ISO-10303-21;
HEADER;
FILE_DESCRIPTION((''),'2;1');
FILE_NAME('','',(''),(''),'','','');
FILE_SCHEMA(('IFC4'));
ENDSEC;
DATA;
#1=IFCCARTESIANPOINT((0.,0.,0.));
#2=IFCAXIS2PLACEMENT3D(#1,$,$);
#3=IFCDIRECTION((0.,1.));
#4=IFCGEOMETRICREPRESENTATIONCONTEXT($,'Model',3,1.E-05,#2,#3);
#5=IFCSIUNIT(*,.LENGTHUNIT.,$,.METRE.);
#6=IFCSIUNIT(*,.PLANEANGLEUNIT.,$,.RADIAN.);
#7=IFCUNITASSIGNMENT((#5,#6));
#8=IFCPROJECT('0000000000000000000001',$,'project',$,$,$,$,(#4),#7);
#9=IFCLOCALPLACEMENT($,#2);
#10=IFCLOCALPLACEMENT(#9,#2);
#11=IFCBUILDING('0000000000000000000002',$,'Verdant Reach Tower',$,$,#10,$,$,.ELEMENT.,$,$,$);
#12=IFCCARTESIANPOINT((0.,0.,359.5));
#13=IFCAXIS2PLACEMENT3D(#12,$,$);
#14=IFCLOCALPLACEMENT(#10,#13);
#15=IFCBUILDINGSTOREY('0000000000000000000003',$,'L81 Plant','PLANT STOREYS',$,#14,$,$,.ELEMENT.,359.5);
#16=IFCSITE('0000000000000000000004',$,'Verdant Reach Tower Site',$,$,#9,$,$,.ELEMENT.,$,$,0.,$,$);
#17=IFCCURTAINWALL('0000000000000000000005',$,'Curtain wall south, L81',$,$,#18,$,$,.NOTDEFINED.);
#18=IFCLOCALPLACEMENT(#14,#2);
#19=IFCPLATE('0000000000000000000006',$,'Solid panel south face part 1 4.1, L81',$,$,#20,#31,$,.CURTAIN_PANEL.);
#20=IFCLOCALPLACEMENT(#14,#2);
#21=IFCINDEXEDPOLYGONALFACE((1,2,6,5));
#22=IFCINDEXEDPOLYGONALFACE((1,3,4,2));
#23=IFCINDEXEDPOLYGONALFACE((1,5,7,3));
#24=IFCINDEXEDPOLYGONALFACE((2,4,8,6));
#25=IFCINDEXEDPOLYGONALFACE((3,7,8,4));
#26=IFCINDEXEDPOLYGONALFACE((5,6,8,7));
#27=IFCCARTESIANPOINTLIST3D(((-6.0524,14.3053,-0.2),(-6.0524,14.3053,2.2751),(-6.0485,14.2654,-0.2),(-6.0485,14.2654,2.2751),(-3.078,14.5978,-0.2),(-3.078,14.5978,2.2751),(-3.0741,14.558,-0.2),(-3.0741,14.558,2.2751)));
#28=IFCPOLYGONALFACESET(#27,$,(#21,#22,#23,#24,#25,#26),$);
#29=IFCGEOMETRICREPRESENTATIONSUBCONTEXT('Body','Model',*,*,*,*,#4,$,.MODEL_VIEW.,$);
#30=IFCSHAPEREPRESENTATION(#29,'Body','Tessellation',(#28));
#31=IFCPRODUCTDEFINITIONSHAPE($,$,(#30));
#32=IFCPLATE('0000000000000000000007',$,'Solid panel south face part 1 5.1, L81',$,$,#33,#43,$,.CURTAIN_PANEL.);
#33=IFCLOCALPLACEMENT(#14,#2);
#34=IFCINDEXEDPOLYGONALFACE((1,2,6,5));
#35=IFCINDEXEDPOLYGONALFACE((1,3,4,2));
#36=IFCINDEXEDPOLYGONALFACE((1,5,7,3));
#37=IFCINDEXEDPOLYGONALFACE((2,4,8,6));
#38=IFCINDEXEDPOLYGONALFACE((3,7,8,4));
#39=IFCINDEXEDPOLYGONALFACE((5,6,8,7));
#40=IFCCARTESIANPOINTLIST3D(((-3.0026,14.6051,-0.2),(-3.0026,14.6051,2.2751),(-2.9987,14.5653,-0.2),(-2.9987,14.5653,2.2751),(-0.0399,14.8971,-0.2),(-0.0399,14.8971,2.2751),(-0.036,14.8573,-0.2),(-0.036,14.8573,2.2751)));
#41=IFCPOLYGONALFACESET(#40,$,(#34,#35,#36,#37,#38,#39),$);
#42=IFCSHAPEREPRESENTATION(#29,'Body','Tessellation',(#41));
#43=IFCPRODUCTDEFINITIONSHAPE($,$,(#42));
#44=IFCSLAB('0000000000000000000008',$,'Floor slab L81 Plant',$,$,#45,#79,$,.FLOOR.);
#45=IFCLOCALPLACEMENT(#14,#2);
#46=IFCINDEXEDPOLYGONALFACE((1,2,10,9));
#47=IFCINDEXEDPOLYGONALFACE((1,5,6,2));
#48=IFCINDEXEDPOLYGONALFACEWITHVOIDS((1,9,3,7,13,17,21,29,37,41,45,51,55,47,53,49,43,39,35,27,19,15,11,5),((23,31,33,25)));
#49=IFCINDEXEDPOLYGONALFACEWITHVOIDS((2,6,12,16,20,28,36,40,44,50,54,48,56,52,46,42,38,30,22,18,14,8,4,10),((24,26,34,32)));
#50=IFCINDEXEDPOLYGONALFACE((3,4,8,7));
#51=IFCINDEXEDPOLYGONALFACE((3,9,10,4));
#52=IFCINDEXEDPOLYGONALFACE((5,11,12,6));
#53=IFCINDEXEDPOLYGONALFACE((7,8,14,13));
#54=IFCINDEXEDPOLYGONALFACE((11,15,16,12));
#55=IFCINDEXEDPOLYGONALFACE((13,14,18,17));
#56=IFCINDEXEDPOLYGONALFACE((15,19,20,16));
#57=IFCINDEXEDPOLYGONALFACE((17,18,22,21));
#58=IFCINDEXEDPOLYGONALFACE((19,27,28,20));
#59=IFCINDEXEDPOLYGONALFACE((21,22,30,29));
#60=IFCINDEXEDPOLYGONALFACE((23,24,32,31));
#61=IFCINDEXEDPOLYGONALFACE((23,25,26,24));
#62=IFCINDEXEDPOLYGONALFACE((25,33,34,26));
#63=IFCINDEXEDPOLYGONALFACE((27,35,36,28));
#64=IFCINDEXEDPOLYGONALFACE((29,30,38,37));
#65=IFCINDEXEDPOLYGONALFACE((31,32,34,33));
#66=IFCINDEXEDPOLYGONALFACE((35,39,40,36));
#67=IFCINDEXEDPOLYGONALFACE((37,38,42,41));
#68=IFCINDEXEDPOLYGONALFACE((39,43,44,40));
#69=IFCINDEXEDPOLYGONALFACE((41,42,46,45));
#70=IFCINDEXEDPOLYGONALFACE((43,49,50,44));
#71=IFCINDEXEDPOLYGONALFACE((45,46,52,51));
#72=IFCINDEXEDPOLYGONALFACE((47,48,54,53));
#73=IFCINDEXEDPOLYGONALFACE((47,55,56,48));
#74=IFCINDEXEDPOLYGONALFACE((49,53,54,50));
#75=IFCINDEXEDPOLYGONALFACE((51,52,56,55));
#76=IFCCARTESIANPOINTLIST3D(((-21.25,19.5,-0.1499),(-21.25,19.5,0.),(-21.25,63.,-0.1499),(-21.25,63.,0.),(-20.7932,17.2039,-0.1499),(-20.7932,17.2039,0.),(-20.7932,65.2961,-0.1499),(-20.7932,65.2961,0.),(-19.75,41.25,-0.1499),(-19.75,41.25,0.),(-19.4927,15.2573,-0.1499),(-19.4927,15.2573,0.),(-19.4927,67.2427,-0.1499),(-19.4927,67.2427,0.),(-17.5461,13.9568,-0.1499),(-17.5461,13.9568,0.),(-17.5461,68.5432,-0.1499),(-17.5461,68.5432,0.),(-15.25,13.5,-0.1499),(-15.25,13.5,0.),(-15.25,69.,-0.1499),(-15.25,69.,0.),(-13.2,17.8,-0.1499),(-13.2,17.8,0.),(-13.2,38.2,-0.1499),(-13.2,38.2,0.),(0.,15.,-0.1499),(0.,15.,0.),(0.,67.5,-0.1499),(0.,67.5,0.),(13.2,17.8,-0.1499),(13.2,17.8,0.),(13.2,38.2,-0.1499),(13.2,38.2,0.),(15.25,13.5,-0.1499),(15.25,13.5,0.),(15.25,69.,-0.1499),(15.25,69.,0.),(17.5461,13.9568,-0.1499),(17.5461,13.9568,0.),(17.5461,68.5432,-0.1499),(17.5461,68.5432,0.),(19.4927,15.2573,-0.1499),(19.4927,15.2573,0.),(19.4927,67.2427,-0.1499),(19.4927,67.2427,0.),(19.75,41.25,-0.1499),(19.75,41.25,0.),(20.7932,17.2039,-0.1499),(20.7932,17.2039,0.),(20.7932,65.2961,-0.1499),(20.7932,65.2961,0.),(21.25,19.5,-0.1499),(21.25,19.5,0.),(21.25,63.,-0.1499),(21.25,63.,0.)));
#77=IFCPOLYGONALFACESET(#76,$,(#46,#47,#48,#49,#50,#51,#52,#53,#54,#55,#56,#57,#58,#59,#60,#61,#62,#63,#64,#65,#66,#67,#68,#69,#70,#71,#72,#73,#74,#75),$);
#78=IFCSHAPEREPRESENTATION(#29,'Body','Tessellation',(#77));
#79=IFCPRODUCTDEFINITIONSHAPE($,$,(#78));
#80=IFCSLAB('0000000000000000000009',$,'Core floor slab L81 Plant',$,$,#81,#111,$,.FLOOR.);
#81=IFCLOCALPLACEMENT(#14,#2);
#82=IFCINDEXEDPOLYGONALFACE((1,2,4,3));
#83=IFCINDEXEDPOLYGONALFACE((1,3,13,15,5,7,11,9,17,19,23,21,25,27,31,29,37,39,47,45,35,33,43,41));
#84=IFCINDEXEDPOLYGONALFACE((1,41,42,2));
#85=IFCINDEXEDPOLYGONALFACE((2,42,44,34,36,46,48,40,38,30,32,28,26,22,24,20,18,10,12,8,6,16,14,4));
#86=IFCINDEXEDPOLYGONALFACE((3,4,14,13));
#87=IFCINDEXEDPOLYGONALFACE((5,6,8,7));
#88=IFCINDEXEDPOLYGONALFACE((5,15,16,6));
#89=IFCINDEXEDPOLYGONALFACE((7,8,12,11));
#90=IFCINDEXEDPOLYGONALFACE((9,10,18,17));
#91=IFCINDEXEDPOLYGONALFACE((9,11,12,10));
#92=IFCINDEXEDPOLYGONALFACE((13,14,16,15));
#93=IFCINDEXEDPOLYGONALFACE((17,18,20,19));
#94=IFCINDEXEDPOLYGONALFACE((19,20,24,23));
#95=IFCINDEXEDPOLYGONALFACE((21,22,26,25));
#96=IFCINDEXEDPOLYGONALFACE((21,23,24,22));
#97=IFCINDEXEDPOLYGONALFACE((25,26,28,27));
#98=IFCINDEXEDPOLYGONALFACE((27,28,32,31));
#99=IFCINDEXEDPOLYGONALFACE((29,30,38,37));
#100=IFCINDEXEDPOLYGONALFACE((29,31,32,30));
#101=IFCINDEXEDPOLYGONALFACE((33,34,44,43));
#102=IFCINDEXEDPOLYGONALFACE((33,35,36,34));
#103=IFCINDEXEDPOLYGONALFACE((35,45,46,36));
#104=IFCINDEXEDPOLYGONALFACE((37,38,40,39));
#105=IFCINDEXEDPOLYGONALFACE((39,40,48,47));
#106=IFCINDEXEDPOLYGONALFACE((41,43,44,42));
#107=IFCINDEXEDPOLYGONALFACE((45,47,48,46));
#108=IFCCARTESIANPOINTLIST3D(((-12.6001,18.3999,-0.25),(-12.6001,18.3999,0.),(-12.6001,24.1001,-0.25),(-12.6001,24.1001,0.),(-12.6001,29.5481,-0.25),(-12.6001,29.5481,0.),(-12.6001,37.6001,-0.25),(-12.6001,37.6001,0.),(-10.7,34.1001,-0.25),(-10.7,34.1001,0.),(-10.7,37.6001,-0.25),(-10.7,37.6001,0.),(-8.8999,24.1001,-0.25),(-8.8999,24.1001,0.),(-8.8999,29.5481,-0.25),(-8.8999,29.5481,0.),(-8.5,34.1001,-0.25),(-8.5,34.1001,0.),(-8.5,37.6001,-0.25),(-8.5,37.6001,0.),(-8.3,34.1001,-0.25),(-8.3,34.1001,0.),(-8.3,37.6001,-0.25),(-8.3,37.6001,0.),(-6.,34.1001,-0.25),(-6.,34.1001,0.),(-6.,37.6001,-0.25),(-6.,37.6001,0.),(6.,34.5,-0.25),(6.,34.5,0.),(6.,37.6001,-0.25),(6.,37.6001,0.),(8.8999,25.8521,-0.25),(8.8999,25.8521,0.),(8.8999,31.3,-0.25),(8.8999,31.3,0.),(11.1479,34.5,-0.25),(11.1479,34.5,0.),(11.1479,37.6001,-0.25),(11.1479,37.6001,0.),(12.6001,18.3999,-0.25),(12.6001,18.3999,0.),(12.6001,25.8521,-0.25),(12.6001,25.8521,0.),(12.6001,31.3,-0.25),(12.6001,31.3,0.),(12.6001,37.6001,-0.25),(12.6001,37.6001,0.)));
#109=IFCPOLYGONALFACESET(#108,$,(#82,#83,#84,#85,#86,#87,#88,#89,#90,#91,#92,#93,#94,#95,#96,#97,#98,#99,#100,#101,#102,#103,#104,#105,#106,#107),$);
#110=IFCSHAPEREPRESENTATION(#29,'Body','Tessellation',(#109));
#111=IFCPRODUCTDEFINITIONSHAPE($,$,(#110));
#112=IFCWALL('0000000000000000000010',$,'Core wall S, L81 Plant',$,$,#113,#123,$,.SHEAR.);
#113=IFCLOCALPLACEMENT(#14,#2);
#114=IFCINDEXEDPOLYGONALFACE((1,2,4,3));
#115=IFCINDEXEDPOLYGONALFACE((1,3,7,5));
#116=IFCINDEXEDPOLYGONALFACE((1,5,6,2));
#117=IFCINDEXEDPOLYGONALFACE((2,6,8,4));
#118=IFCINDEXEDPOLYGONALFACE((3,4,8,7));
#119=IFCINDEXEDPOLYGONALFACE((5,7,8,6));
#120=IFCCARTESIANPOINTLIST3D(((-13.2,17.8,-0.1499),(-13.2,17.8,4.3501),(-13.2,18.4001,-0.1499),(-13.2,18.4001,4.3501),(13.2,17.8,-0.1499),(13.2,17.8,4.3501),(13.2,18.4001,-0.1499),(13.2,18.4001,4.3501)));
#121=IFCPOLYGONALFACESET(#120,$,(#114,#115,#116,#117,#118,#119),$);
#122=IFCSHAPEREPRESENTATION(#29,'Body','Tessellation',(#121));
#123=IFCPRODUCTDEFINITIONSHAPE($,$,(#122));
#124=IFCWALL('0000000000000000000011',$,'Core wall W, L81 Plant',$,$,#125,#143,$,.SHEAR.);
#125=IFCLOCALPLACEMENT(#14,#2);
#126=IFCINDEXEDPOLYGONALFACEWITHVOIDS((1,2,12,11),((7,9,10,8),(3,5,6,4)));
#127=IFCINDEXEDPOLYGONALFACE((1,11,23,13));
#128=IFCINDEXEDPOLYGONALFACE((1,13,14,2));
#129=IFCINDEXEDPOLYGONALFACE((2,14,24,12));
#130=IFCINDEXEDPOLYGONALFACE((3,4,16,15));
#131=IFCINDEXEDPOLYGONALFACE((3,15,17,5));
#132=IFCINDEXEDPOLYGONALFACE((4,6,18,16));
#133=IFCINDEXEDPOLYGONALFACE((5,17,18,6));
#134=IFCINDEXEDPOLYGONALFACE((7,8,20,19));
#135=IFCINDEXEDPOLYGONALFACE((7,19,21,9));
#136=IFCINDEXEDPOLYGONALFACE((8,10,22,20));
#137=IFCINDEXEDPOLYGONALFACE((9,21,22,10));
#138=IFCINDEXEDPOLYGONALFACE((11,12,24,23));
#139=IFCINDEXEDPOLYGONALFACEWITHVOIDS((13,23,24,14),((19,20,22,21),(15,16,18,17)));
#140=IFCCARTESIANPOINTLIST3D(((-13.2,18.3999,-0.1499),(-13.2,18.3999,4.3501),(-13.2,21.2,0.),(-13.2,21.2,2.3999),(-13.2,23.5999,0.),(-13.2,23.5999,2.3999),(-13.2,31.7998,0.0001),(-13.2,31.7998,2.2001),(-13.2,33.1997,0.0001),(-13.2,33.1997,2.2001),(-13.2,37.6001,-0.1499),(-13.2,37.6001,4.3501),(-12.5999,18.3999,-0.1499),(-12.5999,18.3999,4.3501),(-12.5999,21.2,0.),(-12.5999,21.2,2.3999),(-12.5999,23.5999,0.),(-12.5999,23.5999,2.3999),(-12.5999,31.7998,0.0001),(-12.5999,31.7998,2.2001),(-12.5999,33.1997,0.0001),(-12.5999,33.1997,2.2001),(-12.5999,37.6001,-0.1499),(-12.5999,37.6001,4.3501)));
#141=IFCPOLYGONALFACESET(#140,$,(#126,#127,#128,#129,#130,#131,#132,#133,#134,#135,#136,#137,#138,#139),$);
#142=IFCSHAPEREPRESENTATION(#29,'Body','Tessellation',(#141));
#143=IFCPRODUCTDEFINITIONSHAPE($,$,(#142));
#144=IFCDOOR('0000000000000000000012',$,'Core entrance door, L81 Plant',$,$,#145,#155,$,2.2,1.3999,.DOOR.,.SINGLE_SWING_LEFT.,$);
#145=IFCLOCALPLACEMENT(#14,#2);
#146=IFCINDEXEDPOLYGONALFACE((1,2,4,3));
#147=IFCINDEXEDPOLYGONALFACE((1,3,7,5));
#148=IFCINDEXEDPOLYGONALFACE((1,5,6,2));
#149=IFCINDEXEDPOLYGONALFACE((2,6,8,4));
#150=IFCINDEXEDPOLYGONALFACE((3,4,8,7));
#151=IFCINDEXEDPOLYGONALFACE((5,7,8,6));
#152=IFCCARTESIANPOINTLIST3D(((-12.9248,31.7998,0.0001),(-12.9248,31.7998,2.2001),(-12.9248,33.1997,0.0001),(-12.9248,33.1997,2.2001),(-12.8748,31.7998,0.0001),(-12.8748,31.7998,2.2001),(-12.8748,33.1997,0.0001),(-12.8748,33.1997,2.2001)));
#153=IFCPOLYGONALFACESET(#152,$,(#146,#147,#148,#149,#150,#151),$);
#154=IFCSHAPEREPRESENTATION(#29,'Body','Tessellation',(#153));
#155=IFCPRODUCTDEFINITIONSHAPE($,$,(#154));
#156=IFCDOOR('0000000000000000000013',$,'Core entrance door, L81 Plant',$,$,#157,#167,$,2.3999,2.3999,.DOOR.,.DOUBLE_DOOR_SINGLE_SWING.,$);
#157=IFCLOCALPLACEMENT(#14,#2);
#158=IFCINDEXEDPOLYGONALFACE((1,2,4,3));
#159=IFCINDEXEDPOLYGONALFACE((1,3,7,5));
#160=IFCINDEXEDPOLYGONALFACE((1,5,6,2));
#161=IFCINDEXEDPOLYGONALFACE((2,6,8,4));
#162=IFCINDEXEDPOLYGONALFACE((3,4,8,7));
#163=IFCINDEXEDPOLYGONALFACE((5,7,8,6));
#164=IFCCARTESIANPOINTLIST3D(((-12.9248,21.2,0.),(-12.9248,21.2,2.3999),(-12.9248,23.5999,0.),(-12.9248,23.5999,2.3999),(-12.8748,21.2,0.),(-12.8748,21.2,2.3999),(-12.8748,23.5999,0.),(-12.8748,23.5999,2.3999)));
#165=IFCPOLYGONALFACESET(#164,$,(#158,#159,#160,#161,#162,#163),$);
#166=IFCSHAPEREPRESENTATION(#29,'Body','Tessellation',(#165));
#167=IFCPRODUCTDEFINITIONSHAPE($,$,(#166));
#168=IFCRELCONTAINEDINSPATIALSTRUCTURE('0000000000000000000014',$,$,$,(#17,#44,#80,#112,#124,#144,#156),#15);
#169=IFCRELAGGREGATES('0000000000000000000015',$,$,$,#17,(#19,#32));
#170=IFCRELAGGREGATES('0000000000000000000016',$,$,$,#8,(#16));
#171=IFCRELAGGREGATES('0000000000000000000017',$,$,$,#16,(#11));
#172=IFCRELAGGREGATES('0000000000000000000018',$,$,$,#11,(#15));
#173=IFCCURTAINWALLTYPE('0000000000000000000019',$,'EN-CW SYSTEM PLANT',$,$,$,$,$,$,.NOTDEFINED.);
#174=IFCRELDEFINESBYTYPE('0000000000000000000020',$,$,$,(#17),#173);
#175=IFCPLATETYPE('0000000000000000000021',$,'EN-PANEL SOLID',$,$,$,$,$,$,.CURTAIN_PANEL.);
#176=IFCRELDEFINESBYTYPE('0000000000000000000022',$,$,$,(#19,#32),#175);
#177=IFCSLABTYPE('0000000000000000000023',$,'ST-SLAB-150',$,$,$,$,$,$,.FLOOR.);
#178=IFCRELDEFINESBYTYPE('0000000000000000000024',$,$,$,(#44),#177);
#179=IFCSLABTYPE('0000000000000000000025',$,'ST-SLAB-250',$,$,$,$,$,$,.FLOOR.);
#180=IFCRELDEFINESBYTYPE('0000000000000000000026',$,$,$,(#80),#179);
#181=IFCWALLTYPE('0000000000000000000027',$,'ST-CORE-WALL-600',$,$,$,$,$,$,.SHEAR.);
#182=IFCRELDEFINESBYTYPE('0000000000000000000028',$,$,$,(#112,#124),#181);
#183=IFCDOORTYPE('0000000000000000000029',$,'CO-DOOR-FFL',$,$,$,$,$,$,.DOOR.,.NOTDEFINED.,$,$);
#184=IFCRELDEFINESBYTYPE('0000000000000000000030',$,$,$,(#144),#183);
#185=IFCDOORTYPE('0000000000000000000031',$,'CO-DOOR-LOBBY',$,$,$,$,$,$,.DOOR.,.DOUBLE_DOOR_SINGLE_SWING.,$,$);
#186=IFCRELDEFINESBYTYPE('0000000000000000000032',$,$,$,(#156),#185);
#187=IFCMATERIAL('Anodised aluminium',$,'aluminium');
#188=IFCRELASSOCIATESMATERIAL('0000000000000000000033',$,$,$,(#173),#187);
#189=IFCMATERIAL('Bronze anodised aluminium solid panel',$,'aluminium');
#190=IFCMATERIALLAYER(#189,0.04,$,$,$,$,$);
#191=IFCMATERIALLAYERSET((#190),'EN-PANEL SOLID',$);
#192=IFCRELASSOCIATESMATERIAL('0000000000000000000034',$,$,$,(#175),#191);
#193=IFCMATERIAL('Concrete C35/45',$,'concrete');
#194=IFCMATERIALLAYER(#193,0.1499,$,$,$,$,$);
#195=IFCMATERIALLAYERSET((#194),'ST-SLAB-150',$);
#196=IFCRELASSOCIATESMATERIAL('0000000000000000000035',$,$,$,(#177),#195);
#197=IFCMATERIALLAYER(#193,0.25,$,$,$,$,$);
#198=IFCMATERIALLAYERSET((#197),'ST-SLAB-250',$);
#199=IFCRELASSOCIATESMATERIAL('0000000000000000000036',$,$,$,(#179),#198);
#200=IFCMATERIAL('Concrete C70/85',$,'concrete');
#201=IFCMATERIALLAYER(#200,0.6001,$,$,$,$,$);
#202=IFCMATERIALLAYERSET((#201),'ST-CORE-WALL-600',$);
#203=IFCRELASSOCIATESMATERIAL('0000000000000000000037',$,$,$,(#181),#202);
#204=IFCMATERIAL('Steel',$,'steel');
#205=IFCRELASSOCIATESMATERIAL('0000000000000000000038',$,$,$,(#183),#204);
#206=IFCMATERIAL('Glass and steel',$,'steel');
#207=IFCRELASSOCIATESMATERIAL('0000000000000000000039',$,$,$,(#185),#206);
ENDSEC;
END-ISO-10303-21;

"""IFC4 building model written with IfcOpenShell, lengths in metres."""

from ifc_helpers import new_model, si_unit, direction, frame, frame_2d, origin, origin_2d, place, context, subcontext, project, spatial, polyline, rectangle, outline, extrude, material, layer, layer_set, type_object, element, fill, aggregate, save


model = new_model("IFC4")

# Units and contexts
model_context = context("Model", 3, precision=1e-05, world=origin(), true_north=direction((0.0, 1.0)))
body_context = subcontext(model_context, "Body", "Model", "MODEL_VIEW")
ifc_project = project(units=[si_unit("LENGTHUNIT", "METRE"), si_unit("PLANEANGLEUNIT", "RADIAN")], contexts=[model_context])

# Site, building, storey
site_placement = place(None, origin())
site = spatial("IfcSite", under=ifc_project, at=site_placement, Name="Verdant Reach Tower Site", CompositionType="ELEMENT", RefElevation=0.0)
building_placement = place(site_placement, origin())
building = spatial("IfcBuilding", under=site, at=building_placement, Name="Verdant Reach Tower", CompositionType="ELEMENT")
storey_placement = place(building_placement, frame((0.0, 0.0, 359.5)))
storey = spatial("IfcBuildingStorey", under=building, at=storey_placement, Name="L81 Plant", Description="PLANT STOREYS", CompositionType="ELEMENT", Elevation=359.5)

# Curtain wall
ifc_material_1 = material(Name="Anodised aluminium", Category="aluminium")
curtain_wall_type = type_object("IfcCurtainWallType", Name="EN-CW SYSTEM PLANT", PredefinedType="NOTDEFINED", material=ifc_material_1)
curtain_wall_placement = place(storey_placement, origin())
curtain_wall = element("IfcCurtainWall", 1, at=curtain_wall_placement, inside=storey, type_object=curtain_wall_type, Name="Curtain wall south, L81", PredefinedType="NOTDEFINED")

# Plates
ifc_material_2 = material(Name="Bronze anodised aluminium solid panel", Category="aluminium")
ifc_layer_1 = layer(ifc_material_2, 0.04)
ifc_layer_set_1 = layer_set([ifc_layer_1], Name="EN-PANEL SOLID")
plate_type = type_object("IfcPlateType", Name="EN-PANEL SOLID", PredefinedType="CURTAIN_PANEL", material=ifc_layer_set_1)
plate_1_placement = place(storey_placement, frame((-4.5632, 14.4316, -0.2), z_axis=(0.0, 0.0, 1.0), x_axis=(0.995197, 0.097888, 0.0)))
plate_1 = element("IfcPlate", 2, at=plate_1_placement, type_object=plate_type, Name="Solid panel south face part 1 4.1, L81", PredefinedType="CURTAIN_PANEL", context=body_context, shape_type="SweptSolid", body=[
    extrude(rectangle(XDim=2.9888, YDim=0.04, at=origin_2d()), origin(), (0.0, 0.0, 1.0), 2.4751),
])
plate_2_placement = place(storey_placement, frame((-1.5193, 14.7312, -0.2), z_axis=(0.0, 0.0, 1.0), x_axis=(0.995179, 0.098075, 0.0)))
plate_2 = element("IfcPlate", 3, at=plate_2_placement, type_object=plate_type, Name="Solid panel south face part 1 5.1, L81", PredefinedType="CURTAIN_PANEL", context=body_context, shape_type="SweptSolid", body=[
    extrude(rectangle(XDim=2.9771, YDim=0.04, at=origin_2d()), origin(), (0.0, 0.0, 1.0), 2.4751),
])

# Slabs
ifc_material_3 = material(Name="Concrete C35/45", Category="concrete")
ifc_layer_2 = layer(ifc_material_3, 0.1499)
ifc_layer_set_2 = layer_set([ifc_layer_2], Name="ST-SLAB-150")
slab_type_1 = type_object("IfcSlabType", Name="ST-SLAB-150", PredefinedType="FLOOR", material=ifc_layer_set_2)
slab_1_placement = place(storey_placement, frame((0.0, 0.0, -0.1499)))
element("IfcSlab", 4, at=slab_1_placement, inside=storey, type_object=slab_type_1, Name="Floor slab L81 Plant", PredefinedType="FLOOR", context=body_context, shape_type="SweptSolid", body=[
    extrude(outline(polyline([(0.0, 15.0), (-15.25, 13.5), (-17.5461, 13.9568), (-19.4927, 15.2573), (-20.7932, 17.2039), (-21.25, 19.5), (-19.75, 41.25), (-21.25, 63.0), (-20.7932, 65.2961), (-19.4927, 67.2427), (-17.5461, 68.5432), (-15.25, 69.0), (0.0, 67.5), (15.25, 69.0), (17.5461, 68.5432), (19.4927, 67.2427), (20.7932, 65.2961), (21.25, 63.0), (19.75, 41.25), (21.25, 19.5), (20.7932, 17.2039), (19.4927, 15.2573), (17.5461, 13.9568), (15.25, 13.5), (0.0, 15.0)]), holes=[polyline([(13.2, 38.2), (-13.2, 38.2), (-13.2, 17.8), (13.2, 17.8), (13.2, 38.2)])]), origin(), (0.0, 0.0, 1.0), 0.1499),
])
ifc_layer_3 = layer(ifc_material_3, 0.25)
ifc_layer_set_3 = layer_set([ifc_layer_3], Name="ST-SLAB-250")
slab_type_2 = type_object("IfcSlabType", Name="ST-SLAB-250", PredefinedType="FLOOR", material=ifc_layer_set_3)
slab_2_placement = place(storey_placement, frame((0.0, 0.0, -0.25)))
element("IfcSlab", 5, at=slab_2_placement, inside=storey, type_object=slab_type_2, Name="Core floor slab L81 Plant", PredefinedType="FLOOR", context=body_context, shape_type="SweptSolid", body=[
    extrude(outline(polyline([(12.6001, 18.3999), (-12.6001, 18.3999), (-12.6001, 24.1001), (-8.8999, 24.1001), (-8.8999, 29.5481), (-12.6001, 29.5481), (-12.6001, 37.6001), (-10.7, 37.6001), (-10.7, 34.1001), (-8.5, 34.1001), (-8.5, 37.6001), (-8.3, 37.6001), (-8.3, 34.1001), (-6.0, 34.1001), (-6.0, 37.6001), (6.0, 37.6001), (6.0, 34.5), (11.1479, 34.5), (11.1479, 37.6001), (12.6001, 37.6001), (12.6001, 31.3), (8.8999, 31.3), (8.8999, 25.8521), (12.6001, 25.8521), (12.6001, 18.3999)])), origin(), (0.0, 0.0, 1.0), 0.25),
])

# Wall
ifc_material_4 = material(Name="Concrete C70/85", Category="concrete")
ifc_layer_4 = layer(ifc_material_4, 0.6001)
ifc_layer_set_4 = layer_set([ifc_layer_4], Name="ST-CORE-WALL-600")
wall_type = type_object("IfcWallType", Name="ST-CORE-WALL-600", PredefinedType="SHEAR", material=ifc_layer_set_4)
wall_1_placement = place(storey_placement, frame((-13.2, 18.1001, -0.1499), z_axis=(0.0, 0.0, 1.0), x_axis=(1.0, 0.0, 0.0)))
element("IfcWall", 6, at=wall_1_placement, inside=storey, type_object=wall_type, Name="Core wall S, L81 Plant", PredefinedType="SHEAR", context=body_context, shape_type="SweptSolid", body=[
    extrude(rectangle(XDim=26.3999, YDim=0.6001, at=frame_2d((13.2, 0.0))), origin(), (0.0, 0.0, 1.0), 4.5),
])

# Wall, openings, doors
wall_2_placement = place(storey_placement, frame((-12.8999, 18.3999, -0.1499), z_axis=(0.0, 0.0, 1.0), x_axis=(0.0, 1.0, 0.0)))
wall_2 = element("IfcWall", 7, at=wall_2_placement, inside=storey, type_object=wall_type, Name="Core wall W, L81 Plant", PredefinedType="SHEAR", context=body_context, shape_type="SweptSolid", body=[
    extrude(rectangle(XDim=19.2002, YDim=0.6001, at=frame_2d((9.6001, 0.0))), origin(), (0.0, 0.0, 1.0), 4.5),
])
opening_1_placement = place(wall_2_placement, frame((2.8, 0.0, 0.1499)))
opening_1 = element("IfcOpeningElement", 8, at=opening_1_placement, cuts=wall_2, PredefinedType="OPENING", context=body_context, shape_type="SweptSolid", body=[
    extrude(rectangle(XDim=2.3999, YDim=2.3999, at=frame_2d((1.2, 1.2))), frame((0.0, 0.3101, 0.0), z_axis=(0.0, -1.0, 0.0), x_axis=(1.0, 0.0, 0.0)), (0.0, 0.0, 1.0), 0.6201),
])
opening_2_placement = place(wall_2_placement, frame((13.3999, 0.0, 0.1499)))
opening_2 = element("IfcOpeningElement", 9, at=opening_2_placement, cuts=wall_2, PredefinedType="OPENING", context=body_context, shape_type="SweptSolid", body=[
    extrude(rectangle(XDim=1.3999, YDim=2.2, at=frame_2d((0.7, 1.1001))), frame((0.0, 0.3101, 0.0), z_axis=(0.0, -1.0, 0.0), x_axis=(1.0, 0.0, 0.0)), (0.0, 0.0, 1.0), 0.6201),
])
ifc_material_5 = material(Name="Steel", Category="steel")
door_type_1 = type_object("IfcDoorType", Name="CO-DOOR-FFL", OperationType="NOTDEFINED", PredefinedType="DOOR", material=ifc_material_5)
door_1_placement = place(opening_2_placement, origin())
door_1 = element("IfcDoor", 10, at=door_1_placement, inside=storey, type_object=door_type_1, Name="Core entrance door, L81 Plant", OperationType="SINGLE_SWING_LEFT", OverallHeight=2.2, OverallWidth=1.3999, PredefinedType="DOOR", context=body_context, shape_type="SweptSolid", body=[
    extrude(rectangle(XDim=1.3999, YDim=2.2, at=frame_2d((0.7, 1.1001))), frame((0.0, 0.0249, 0.0), z_axis=(0.0, -1.0, 0.0), x_axis=(1.0, 0.0, 0.0)), (0.0, 0.0, 1.0), 0.05),
])
fill(opening_2, door_1)
ifc_material_6 = material(Name="Glass and steel", Category="steel")
door_type_2 = type_object("IfcDoorType", Name="CO-DOOR-LOBBY", OperationType="DOUBLE_DOOR_SINGLE_SWING", PredefinedType="DOOR", material=ifc_material_6)
door_2_placement = place(opening_1_placement, origin())
door_2 = element("IfcDoor", 11, at=door_2_placement, inside=storey, type_object=door_type_2, Name="Core entrance door, L81 Plant", OperationType="DOUBLE_DOOR_SINGLE_SWING", OverallHeight=2.3999, OverallWidth=2.3999, PredefinedType="DOOR", context=body_context, shape_type="SweptSolid", body=[
    extrude(rectangle(XDim=2.3999, YDim=2.3999, at=frame_2d((1.2, 1.2))), frame((0.0, 0.0249, 0.0), z_axis=(0.0, -1.0, 0.0), x_axis=(1.0, 0.0, 0.0)), (0.0, 0.0, 1.0), 0.05),
])
fill(opening_1, door_2)

aggregate(curtain_wall, [plate_1, plate_2])

save(model, "model.ifc")
